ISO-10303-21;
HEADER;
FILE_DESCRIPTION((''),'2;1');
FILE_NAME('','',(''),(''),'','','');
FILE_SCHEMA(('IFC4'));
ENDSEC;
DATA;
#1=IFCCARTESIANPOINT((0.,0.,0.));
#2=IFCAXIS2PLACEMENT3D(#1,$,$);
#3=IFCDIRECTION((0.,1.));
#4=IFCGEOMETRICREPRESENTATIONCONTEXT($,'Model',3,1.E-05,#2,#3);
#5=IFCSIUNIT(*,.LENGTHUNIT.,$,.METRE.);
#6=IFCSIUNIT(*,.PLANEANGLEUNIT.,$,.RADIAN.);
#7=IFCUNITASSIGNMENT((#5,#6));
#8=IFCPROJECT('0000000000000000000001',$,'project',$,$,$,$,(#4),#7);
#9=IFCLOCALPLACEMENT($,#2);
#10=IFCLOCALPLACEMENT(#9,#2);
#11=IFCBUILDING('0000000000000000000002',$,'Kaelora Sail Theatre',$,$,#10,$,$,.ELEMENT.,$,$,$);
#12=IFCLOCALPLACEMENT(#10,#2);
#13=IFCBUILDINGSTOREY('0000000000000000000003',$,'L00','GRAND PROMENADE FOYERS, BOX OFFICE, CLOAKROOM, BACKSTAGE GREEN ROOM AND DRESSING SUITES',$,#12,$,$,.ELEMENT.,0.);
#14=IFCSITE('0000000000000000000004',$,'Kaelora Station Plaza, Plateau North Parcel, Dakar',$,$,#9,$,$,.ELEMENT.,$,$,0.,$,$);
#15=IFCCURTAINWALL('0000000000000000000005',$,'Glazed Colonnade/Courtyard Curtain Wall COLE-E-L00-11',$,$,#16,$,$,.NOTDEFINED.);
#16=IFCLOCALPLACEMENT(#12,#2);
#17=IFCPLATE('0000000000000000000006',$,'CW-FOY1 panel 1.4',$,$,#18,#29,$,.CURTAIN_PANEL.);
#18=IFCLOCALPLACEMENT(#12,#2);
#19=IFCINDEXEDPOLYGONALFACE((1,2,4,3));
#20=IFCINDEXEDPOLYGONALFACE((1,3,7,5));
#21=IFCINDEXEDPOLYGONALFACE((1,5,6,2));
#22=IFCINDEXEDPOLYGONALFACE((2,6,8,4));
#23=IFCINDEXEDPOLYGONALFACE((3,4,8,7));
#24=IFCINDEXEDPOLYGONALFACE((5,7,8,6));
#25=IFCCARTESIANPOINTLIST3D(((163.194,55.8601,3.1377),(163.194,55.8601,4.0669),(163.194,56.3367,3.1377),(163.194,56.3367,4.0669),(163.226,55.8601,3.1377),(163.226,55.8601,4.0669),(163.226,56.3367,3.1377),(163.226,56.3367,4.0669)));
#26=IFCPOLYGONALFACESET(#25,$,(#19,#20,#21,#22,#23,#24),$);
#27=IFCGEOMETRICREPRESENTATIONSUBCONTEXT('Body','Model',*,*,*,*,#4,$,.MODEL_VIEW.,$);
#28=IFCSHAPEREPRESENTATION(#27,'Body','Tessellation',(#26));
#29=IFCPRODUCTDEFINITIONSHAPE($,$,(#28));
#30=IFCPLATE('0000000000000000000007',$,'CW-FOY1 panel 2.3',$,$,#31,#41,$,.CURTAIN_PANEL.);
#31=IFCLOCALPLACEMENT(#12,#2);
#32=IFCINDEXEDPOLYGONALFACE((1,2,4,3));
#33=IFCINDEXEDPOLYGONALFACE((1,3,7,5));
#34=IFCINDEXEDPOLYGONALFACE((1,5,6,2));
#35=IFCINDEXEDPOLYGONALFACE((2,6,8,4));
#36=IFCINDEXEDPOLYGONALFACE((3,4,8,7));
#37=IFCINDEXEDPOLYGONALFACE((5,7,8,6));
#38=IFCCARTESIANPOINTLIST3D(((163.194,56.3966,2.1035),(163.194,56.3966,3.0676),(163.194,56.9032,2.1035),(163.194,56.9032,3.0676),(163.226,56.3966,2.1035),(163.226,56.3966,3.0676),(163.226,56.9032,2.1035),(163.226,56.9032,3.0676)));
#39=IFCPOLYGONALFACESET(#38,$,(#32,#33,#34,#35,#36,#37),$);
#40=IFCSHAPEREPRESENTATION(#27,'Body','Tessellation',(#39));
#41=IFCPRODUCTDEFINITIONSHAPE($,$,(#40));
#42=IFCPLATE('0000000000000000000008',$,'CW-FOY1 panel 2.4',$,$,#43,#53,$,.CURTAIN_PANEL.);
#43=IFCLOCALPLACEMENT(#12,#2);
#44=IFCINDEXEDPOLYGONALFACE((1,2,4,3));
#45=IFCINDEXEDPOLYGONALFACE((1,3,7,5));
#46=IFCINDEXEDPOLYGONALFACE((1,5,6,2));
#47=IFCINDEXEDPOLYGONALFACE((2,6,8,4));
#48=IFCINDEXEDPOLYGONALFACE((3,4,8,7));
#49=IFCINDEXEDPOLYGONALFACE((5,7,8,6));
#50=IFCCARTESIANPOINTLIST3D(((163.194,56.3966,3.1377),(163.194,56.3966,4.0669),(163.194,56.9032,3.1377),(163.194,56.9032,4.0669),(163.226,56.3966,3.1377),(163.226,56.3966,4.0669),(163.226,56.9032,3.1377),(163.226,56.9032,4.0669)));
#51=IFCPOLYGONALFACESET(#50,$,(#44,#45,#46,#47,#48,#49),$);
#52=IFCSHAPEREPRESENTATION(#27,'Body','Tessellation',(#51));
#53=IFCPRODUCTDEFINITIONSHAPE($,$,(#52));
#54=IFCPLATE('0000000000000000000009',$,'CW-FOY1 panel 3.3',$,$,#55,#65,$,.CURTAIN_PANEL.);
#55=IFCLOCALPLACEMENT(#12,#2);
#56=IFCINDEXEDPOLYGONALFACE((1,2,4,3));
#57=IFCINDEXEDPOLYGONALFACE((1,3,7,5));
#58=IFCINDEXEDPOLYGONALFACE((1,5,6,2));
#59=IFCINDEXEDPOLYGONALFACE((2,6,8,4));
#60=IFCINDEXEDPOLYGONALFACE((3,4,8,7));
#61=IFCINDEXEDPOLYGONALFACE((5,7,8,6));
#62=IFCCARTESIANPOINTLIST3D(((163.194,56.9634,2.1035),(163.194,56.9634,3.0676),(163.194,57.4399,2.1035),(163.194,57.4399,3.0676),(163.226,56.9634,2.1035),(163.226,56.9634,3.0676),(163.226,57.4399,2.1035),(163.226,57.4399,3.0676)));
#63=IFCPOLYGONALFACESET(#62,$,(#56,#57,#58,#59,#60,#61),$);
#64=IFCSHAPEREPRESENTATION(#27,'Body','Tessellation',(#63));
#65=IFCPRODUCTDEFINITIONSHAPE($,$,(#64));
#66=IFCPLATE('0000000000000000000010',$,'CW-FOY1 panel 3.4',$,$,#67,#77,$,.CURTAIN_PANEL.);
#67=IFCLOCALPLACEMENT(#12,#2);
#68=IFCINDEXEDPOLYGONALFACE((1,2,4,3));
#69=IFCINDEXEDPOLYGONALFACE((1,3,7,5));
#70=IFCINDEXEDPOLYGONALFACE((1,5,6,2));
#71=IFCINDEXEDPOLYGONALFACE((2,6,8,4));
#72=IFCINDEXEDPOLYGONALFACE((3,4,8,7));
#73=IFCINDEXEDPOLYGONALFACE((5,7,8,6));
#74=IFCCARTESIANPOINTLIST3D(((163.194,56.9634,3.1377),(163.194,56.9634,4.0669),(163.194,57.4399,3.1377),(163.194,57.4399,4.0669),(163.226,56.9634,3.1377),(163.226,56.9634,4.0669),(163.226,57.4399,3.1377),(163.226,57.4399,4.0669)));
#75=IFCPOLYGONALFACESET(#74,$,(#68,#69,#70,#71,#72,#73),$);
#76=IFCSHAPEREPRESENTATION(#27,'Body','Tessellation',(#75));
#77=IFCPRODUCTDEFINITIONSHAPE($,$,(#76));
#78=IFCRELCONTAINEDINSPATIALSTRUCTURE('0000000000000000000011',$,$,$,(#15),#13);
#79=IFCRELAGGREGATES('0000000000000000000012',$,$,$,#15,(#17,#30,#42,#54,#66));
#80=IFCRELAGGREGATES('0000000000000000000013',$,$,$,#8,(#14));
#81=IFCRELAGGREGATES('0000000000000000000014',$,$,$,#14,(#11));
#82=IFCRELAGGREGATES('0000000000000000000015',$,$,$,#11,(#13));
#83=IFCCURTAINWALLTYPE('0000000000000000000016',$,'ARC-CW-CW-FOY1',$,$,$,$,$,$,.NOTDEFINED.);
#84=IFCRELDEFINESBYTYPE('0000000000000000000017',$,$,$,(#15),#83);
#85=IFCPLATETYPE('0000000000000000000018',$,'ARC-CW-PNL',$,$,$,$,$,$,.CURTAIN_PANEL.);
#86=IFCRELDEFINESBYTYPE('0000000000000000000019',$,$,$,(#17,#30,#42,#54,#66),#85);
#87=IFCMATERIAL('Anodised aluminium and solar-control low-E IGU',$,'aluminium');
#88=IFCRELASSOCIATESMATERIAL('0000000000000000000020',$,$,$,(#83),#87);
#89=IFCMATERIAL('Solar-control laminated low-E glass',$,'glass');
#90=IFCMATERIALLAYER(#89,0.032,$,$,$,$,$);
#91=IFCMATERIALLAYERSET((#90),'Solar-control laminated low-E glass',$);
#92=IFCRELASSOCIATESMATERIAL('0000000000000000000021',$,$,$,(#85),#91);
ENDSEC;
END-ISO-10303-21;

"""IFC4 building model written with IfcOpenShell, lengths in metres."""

from ifc_helpers import new_model, si_unit, direction, frame, origin, origin_2d, place, context, subcontext, project, spatial, rectangle, extrude, material, layer, layer_set, type_object, element, aggregate, save


model = new_model("IFC4")

# Units and contexts
model_context = context("Model", 3, precision=1e-05, world=origin(), true_north=direction((0.0, 1.0)))
body_context = subcontext(model_context, "Body", "Model", "MODEL_VIEW")
ifc_project = project(units=[si_unit("LENGTHUNIT", "METRE"), si_unit("PLANEANGLEUNIT", "RADIAN")], contexts=[model_context])

# Site, building, storey
site_placement = place(None, origin())
site = spatial("IfcSite", under=ifc_project, at=site_placement, Name="Kaelora Station Plaza, Plateau North Parcel, Dakar", CompositionType="ELEMENT", RefElevation=0.0)
building_placement = place(site_placement, origin())
building = spatial("IfcBuilding", under=site, at=building_placement, Name="Kaelora Sail Theatre", CompositionType="ELEMENT")
storey_placement = place(building_placement, origin())
storey = spatial("IfcBuildingStorey", under=building, at=storey_placement, Name="L00", Description="GRAND PROMENADE FOYERS, BOX OFFICE, CLOAKROOM, BACKSTAGE GREEN ROOM AND DRESSING SUITES", CompositionType="ELEMENT", Elevation=0.0)

# Curtain wall
ifc_material_1 = material(Name="Anodised aluminium and solar-control low-E IGU", Category="aluminium")
curtain_wall_type = type_object("IfcCurtainWallType", Name="ARC-CW-CW-FOY1", PredefinedType="NOTDEFINED", material=ifc_material_1)
curtain_wall_1_placement = place(storey_placement, origin())
curtain_wall_1 = element("IfcCurtainWall", 1, at=curtain_wall_1_placement, inside=storey, type_object=curtain_wall_type, Name="Glazed Colonnade/Courtyard Curtain Wall COLE-E-L00-11", PredefinedType="NOTDEFINED")

# Plates
ifc_material_2 = material(Name="Solar-control laminated low-E glass", Category="glass")
ifc_layer = layer(ifc_material_2, 0.032)
ifc_layer_set = layer_set([ifc_layer], Name="Solar-control laminated low-E glass")
plate_type = type_object("IfcPlateType", Name="ARC-CW-PNL", PredefinedType="CURTAIN_PANEL", material=ifc_layer_set)
plate_1_placement = place(storey_placement, frame((163.21, 56.0984, 3.1377), z_axis=(0.0, 0.0, 1.0), x_axis=(0.0, 1.0, 0.0)))
plate_1 = element("IfcPlate", 2, at=plate_1_placement, type_object=plate_type, Name="CW-FOY1 panel 1.4", PredefinedType="CURTAIN_PANEL", context=body_context, shape_type="SweptSolid", body=[
    extrude(rectangle(XDim=0.4766, YDim=0.032, at=origin_2d()), origin(), (0.0, 0.0, 1.0), 0.9292),
])
plate_2_placement = place(storey_placement, frame((163.21, 56.6499, 2.1035), z_axis=(0.0, 0.0, 1.0), x_axis=(0.0, 1.0, 0.0)))
plate_2 = element("IfcPlate", 3, at=plate_2_placement, type_object=plate_type, Name="CW-FOY1 panel 2.3", PredefinedType="CURTAIN_PANEL", context=body_context, shape_type="SweptSolid", body=[
    extrude(rectangle(XDim=0.5066, YDim=0.032, at=origin_2d()), origin(), (0.0, 0.0, 1.0), 0.9641),
])
plate_3_placement = place(storey_placement, frame((163.21, 56.6499, 3.1377), z_axis=(0.0, 0.0, 1.0), x_axis=(0.0, 1.0, 0.0)))
plate_3 = element("IfcPlate", 4, at=plate_3_placement, type_object=plate_type, Name="CW-FOY1 panel 2.4", PredefinedType="CURTAIN_PANEL", context=body_context, shape_type="SweptSolid", body=[
    extrude(rectangle(XDim=0.5066, YDim=0.032, at=origin_2d()), origin(), (0.0, 0.0, 1.0), 0.9292),
])
plate_4_placement = place(storey_placement, frame((163.21, 57.2017, 2.1035), z_axis=(0.0, 0.0, 1.0), x_axis=(0.0, 1.0, 0.0)))
plate_4 = element("IfcPlate", 5, at=plate_4_placement, type_object=plate_type, Name="CW-FOY1 panel 3.3", PredefinedType="CURTAIN_PANEL", context=body_context, shape_type="SweptSolid", body=[
    extrude(rectangle(XDim=0.4766, YDim=0.032, at=origin_2d()), origin(), (0.0, 0.0, 1.0), 0.9641),
])
plate_5_placement = place(storey_placement, frame((163.21, 57.2017, 3.1377), z_axis=(0.0, 0.0, 1.0), x_axis=(0.0, 1.0, 0.0)))
plate_5 = element("IfcPlate", 6, at=plate_5_placement, type_object=plate_type, Name="CW-FOY1 panel 3.4", PredefinedType="CURTAIN_PANEL", context=body_context, shape_type="SweptSolid", body=[
    extrude(rectangle(XDim=0.4766, YDim=0.032, at=origin_2d()), origin(), (0.0, 0.0, 1.0), 0.9292),
])
aggregate(curtain_wall_1, [plate_1, plate_2, plate_3, plate_4, plate_5])

save(model, "model.ifc")
